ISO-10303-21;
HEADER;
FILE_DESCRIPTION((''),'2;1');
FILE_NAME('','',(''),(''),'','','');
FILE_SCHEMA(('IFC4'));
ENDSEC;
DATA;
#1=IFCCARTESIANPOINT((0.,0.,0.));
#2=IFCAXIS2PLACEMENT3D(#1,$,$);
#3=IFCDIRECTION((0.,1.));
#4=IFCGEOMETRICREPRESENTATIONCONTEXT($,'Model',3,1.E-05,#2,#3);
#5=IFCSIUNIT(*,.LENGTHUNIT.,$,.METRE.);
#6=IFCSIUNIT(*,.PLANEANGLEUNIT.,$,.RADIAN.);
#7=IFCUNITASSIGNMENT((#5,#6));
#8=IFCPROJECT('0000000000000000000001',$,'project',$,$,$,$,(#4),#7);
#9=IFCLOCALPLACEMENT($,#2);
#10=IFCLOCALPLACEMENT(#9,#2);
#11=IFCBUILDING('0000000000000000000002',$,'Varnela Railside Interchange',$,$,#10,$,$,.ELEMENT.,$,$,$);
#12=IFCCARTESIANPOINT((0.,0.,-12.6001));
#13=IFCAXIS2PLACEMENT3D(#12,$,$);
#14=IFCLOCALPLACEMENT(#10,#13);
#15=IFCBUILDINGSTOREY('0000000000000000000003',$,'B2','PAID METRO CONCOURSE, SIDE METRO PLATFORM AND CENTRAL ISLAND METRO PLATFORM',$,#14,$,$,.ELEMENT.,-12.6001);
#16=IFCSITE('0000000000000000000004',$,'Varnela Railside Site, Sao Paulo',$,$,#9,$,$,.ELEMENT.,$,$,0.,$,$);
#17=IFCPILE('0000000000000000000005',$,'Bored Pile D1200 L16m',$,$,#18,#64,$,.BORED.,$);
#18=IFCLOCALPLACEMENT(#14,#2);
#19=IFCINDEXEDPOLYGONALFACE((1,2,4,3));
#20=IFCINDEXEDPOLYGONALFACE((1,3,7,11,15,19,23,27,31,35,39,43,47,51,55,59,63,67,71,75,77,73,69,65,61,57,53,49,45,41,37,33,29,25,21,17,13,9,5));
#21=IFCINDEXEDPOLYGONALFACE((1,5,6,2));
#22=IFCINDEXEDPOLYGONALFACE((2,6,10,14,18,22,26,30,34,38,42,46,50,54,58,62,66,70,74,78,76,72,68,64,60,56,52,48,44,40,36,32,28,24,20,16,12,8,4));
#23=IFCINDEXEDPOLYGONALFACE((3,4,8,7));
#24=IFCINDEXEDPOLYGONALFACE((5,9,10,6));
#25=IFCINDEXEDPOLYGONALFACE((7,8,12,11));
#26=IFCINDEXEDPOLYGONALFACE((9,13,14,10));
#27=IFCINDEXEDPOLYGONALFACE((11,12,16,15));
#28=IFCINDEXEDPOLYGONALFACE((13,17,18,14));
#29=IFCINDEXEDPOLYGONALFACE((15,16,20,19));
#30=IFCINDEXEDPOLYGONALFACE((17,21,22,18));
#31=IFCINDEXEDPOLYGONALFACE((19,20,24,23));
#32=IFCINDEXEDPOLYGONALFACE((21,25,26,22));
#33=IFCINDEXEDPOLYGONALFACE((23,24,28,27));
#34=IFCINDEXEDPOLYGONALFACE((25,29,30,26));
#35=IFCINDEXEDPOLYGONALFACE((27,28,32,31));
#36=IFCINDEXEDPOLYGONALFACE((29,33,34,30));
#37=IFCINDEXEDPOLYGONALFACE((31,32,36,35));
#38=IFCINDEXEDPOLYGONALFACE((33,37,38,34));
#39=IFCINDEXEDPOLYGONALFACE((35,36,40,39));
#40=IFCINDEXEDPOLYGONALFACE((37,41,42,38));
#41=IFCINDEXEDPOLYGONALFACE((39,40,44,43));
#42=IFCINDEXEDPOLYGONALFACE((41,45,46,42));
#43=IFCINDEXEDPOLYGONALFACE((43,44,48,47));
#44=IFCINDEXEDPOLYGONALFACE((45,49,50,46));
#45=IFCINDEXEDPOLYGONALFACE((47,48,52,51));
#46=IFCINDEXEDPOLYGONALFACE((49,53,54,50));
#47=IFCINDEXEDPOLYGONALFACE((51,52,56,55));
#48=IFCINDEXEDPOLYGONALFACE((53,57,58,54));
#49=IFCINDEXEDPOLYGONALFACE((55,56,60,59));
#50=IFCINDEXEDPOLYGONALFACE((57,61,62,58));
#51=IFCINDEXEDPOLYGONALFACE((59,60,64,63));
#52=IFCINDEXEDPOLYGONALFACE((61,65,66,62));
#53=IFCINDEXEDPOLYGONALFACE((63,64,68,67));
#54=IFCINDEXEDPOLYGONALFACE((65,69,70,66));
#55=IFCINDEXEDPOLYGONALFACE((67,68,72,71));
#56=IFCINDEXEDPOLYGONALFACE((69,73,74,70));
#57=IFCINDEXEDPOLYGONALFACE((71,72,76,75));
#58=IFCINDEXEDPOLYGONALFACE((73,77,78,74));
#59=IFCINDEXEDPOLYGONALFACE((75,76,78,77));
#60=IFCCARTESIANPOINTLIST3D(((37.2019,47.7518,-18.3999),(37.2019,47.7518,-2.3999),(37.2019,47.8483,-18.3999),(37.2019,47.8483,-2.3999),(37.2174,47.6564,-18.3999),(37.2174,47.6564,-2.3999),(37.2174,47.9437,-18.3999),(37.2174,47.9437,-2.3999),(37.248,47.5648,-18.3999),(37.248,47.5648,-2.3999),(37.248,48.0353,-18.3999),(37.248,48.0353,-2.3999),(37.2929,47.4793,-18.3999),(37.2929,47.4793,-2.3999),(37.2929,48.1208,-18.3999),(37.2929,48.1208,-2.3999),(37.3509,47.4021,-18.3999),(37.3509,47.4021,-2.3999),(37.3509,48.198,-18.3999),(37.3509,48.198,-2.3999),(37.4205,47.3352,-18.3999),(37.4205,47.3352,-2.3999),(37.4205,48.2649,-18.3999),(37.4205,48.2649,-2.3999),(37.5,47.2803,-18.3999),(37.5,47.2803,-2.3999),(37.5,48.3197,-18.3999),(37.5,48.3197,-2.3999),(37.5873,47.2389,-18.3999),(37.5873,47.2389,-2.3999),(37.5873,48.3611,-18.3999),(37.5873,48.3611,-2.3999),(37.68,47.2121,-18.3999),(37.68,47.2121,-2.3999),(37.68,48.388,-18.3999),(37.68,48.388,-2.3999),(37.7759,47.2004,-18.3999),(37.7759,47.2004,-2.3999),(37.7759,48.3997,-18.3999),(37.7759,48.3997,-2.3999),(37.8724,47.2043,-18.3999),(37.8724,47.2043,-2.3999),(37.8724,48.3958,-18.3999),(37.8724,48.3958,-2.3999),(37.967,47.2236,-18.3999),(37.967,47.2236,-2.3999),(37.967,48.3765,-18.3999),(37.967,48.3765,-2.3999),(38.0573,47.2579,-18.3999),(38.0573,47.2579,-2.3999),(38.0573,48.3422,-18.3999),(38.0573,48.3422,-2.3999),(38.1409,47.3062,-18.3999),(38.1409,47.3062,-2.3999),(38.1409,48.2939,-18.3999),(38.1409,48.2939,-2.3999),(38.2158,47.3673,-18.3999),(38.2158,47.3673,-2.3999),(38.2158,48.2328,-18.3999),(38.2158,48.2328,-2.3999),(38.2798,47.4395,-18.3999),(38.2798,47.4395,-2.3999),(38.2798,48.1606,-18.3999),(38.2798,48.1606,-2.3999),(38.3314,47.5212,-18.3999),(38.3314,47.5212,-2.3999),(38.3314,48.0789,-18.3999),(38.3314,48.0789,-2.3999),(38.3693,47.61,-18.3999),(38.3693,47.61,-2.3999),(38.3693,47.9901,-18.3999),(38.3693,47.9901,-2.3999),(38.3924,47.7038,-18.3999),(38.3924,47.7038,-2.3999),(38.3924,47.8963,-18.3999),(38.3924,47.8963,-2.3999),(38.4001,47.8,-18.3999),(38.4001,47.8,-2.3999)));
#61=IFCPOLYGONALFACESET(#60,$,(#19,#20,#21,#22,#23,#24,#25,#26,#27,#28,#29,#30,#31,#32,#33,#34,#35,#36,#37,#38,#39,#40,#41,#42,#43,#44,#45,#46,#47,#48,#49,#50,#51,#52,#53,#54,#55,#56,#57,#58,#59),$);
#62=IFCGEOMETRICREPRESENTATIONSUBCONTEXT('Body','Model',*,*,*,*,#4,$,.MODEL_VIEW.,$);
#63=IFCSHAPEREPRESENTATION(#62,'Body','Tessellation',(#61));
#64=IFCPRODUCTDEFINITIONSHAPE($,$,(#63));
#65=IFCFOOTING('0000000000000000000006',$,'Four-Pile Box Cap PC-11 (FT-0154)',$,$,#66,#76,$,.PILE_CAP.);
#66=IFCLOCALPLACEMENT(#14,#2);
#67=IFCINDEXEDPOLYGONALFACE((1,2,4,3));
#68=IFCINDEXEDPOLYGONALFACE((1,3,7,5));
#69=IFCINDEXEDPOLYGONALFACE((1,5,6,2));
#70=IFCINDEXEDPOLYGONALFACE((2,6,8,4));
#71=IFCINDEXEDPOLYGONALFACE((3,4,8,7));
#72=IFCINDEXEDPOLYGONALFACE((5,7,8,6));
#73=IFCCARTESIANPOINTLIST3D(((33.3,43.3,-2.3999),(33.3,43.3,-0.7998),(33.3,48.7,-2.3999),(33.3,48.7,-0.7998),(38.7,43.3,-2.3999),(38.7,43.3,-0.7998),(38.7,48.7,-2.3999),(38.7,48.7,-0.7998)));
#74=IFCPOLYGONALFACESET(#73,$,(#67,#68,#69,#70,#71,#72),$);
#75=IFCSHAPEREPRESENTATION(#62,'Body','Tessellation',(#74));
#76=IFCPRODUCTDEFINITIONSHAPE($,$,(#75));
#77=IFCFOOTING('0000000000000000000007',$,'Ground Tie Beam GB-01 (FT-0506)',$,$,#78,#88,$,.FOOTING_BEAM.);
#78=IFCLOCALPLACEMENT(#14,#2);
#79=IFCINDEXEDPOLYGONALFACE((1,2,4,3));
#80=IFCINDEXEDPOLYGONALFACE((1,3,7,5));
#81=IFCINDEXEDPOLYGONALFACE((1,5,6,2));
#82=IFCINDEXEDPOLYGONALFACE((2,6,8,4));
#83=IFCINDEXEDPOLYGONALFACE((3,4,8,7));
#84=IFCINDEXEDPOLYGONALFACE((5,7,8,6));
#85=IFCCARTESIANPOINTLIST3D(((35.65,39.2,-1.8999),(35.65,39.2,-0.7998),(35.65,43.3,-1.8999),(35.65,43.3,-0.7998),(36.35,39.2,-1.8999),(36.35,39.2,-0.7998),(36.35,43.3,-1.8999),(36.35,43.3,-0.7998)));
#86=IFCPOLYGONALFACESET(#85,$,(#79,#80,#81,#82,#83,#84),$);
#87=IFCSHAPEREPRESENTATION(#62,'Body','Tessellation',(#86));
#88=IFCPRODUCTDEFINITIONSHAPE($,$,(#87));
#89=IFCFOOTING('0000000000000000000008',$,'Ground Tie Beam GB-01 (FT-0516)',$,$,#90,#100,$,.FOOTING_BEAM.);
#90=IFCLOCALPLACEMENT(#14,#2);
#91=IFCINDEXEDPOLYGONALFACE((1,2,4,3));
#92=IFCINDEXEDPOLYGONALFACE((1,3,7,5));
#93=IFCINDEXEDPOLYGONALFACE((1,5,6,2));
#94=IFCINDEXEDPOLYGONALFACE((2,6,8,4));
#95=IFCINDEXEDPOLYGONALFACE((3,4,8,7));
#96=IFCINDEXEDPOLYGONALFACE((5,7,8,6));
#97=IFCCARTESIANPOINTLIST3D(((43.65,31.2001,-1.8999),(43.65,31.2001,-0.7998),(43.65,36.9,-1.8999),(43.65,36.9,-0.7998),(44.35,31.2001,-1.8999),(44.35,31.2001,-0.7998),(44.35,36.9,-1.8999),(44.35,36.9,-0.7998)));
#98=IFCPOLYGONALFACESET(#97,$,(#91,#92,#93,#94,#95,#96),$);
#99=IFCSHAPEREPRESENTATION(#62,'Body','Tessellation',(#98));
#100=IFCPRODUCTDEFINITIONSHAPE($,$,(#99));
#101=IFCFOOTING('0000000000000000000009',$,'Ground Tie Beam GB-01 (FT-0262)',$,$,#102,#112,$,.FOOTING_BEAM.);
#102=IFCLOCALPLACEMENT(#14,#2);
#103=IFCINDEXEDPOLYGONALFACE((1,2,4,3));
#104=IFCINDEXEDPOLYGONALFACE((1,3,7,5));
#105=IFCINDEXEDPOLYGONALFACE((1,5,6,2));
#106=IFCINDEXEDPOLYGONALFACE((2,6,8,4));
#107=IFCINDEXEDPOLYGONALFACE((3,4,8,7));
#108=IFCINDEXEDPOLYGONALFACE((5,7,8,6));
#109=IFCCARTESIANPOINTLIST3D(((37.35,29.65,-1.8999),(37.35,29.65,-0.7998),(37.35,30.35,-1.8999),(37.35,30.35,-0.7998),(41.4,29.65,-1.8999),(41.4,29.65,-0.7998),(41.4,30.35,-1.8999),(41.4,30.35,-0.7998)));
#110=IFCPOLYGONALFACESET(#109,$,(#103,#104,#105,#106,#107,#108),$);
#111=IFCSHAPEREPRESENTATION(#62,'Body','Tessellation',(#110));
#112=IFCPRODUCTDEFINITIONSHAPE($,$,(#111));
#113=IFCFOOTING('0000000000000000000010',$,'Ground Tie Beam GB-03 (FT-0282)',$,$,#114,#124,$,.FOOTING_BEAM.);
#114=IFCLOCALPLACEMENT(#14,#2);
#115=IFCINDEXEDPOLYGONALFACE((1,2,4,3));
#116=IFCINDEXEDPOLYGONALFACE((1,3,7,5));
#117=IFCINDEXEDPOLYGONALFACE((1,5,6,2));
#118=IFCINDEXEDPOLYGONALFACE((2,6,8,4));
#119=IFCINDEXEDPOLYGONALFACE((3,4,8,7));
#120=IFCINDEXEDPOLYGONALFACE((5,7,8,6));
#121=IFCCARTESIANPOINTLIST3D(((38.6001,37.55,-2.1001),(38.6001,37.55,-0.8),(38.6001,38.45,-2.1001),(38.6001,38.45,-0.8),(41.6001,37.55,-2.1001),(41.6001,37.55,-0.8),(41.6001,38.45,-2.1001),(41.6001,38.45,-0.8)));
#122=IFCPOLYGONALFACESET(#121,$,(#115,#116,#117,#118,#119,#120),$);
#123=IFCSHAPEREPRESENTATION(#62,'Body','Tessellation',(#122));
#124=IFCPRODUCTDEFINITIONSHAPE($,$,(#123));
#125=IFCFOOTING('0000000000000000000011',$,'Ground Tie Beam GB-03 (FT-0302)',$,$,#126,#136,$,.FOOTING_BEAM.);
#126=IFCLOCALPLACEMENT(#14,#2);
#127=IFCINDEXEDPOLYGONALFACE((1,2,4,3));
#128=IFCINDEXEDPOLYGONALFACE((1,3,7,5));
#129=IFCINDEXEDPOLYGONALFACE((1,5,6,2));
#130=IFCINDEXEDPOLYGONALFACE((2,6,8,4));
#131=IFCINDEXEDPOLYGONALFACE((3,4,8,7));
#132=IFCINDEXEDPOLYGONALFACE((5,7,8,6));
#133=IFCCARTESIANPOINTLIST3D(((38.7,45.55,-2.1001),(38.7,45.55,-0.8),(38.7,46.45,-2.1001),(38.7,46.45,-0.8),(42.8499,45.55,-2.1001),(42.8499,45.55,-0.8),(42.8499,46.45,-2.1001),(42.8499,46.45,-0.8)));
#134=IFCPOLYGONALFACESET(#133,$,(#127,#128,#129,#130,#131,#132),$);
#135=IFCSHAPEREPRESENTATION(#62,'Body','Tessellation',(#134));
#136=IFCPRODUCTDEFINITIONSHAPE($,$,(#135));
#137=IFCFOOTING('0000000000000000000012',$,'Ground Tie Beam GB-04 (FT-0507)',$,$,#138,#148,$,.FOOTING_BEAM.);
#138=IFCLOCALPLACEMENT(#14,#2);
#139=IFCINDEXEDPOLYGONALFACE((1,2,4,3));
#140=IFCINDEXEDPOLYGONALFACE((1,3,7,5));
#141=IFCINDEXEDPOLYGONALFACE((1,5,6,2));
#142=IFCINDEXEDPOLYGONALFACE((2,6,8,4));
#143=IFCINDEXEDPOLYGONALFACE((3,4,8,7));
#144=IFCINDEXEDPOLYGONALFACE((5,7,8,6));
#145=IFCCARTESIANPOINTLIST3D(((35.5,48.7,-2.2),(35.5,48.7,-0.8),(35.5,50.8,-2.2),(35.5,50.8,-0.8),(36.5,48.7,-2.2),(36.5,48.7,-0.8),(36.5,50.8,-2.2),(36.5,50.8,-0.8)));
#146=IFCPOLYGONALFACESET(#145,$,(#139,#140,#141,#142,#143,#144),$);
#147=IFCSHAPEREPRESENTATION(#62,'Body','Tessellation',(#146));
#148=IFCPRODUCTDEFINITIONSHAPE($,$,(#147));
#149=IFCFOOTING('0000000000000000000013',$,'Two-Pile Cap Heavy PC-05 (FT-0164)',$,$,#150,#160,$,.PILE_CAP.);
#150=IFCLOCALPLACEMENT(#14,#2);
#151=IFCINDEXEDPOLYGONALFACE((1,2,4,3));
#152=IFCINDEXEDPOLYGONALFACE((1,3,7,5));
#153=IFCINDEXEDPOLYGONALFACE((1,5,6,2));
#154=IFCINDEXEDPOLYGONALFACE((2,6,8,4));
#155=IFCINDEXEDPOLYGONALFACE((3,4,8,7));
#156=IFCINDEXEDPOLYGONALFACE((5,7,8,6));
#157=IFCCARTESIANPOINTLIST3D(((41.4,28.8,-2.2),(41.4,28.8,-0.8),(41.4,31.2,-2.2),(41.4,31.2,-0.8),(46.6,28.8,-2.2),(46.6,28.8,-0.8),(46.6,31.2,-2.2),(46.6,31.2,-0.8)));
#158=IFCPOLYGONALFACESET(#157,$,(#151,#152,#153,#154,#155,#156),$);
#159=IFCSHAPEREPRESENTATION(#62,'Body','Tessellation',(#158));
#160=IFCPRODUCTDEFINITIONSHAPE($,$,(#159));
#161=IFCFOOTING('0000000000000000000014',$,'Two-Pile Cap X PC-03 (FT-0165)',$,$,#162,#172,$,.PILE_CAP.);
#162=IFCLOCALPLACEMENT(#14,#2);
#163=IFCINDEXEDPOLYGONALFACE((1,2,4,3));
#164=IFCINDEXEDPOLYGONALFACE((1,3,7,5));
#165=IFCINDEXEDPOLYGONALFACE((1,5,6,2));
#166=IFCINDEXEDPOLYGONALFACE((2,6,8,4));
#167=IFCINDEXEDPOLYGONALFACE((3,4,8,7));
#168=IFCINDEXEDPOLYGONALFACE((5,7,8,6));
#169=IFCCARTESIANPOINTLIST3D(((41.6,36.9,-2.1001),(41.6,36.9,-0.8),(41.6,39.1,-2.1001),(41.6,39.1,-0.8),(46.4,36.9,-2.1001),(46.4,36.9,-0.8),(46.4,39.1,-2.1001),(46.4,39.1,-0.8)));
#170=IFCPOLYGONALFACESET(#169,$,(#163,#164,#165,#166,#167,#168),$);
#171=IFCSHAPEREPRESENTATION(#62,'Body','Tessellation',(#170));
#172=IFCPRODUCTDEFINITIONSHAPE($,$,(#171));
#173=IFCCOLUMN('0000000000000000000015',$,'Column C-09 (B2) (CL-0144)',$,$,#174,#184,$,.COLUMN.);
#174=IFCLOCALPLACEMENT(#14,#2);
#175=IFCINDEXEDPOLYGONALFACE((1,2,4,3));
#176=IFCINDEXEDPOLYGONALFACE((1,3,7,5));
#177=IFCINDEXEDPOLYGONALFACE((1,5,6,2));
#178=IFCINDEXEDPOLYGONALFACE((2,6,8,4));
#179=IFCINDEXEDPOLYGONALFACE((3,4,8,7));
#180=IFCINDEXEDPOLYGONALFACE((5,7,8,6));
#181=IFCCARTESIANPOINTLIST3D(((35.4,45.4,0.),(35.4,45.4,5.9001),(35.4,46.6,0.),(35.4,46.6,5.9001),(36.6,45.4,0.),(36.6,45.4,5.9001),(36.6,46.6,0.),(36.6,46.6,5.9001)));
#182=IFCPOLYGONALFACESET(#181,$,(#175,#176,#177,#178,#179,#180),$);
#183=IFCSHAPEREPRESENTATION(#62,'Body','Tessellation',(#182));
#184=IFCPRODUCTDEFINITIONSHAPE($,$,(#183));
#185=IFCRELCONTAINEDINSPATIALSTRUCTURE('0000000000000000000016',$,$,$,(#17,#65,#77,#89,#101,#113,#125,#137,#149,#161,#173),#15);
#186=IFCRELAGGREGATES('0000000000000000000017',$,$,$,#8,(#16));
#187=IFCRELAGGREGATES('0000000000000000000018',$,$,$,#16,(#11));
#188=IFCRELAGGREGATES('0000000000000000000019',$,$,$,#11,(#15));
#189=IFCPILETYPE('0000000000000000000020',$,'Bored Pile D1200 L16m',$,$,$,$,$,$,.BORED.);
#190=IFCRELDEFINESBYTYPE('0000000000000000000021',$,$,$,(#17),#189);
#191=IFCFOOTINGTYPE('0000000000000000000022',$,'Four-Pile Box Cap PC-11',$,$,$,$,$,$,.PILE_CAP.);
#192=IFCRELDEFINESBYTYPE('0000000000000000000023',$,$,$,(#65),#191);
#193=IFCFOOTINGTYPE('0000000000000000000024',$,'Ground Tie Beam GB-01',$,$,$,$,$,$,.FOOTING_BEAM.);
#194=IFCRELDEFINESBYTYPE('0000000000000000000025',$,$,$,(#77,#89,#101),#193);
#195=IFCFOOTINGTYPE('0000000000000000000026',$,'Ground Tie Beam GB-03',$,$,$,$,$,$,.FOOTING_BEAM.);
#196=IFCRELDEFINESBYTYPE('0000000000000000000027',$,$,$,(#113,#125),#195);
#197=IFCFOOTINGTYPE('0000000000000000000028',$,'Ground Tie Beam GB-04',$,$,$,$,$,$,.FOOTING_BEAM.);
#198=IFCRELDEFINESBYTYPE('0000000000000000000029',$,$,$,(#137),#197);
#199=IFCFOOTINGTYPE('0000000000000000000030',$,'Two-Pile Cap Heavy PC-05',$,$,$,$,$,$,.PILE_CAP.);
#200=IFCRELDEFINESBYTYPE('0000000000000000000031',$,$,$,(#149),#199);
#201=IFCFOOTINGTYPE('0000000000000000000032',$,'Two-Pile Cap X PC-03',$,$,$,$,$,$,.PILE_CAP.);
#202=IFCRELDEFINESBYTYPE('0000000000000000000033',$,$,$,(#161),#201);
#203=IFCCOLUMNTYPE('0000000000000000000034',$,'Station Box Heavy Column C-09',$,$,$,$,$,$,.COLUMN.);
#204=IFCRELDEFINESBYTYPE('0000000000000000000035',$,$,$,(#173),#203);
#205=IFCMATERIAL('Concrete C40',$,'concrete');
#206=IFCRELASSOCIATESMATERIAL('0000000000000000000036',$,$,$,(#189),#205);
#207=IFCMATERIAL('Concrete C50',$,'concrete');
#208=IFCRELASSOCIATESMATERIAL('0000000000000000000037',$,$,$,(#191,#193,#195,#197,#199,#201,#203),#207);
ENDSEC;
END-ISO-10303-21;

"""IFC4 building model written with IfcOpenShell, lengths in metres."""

from ifc_helpers import new_model, si_unit, direction, frame, origin, origin_2d, place, context, subcontext, project, spatial, rectangle, circle, extrude, material, material_profile, profile_set, type_object, element, save


model = new_model("IFC4")

# Units and contexts
model_context = context("Model", 3, precision=1e-05, world=origin(), true_north=direction((0.0, 1.0)))
body_context = subcontext(model_context, "Body", "Model", "MODEL_VIEW")
ifc_project = project(units=[si_unit("LENGTHUNIT", "METRE"), si_unit("PLANEANGLEUNIT", "RADIAN")], contexts=[model_context])

# Site, building, storey
site_placement = place(None, origin())
site = spatial("IfcSite", under=ifc_project, at=site_placement, Name="Varnela Railside Site, Sao Paulo", CompositionType="ELEMENT", RefElevation=0.0)
building_placement = place(site_placement, origin())
building = spatial("IfcBuilding", under=site, at=building_placement, Name="Varnela Railside Interchange", CompositionType="ELEMENT")
storey_placement = place(building_placement, frame((0.0, 0.0, -12.6001)))
storey = spatial("IfcBuildingStorey", under=building, at=storey_placement, Name="B2", Description="PAID METRO CONCOURSE, SIDE METRO PLATFORM AND CENTRAL ISLAND METRO PLATFORM", CompositionType="ELEMENT", Elevation=-12.6001)

# Pile
ifc_material_1 = material(Name="Concrete C40", Category="concrete")
ifc_material_profile_1 = material_profile(ifc_material_1, circle(Radius=0.6001, at=origin_2d()), Name="BORED PILE D1200")
ifc_profile_set_1 = profile_set([ifc_material_profile_1], Name="Concrete C40")
pile_type_1 = type_object("IfcPileType", Name="Bored Pile D1200 L16m", PredefinedType="BORED", material=ifc_profile_set_1)
for number, where, z_axis, x_axis, name in (
    (1, (37.8, 47.8, -2.3999), (0.0, 0.0, -1.0), (1.0, 0.0, 0.0), "Bored Pile D1200 L16m"),
):
    element("IfcPile", number, at=place(storey_placement, frame(where, z_axis=z_axis, x_axis=x_axis)), inside=storey, type_object=pile_type_1, Name=name, PredefinedType="BORED", context=body_context, shape_type="SweptSolid", body=[
        extrude(circle(Radius=0.6001, at=origin_2d()), origin(), (0.0, 0.0, 1.0), 16.0),
    ])

# Footings
ifc_material_2 = material(Name="Concrete C50", Category="concrete")
footing_type_1 = type_object("IfcFootingType", Name="Four-Pile Box Cap PC-11", PredefinedType="PILE_CAP", material=ifc_material_2)
footing_1_placement = place(storey_placement, frame((36.0, 46.0, -2.3999), z_axis=(0.0, 0.0, 1.0), x_axis=(1.0, 0.0, 0.0)))
element("IfcFooting", 2, at=footing_1_placement, inside=storey, type_object=footing_type_1, Name="Four-Pile Box Cap PC-11 (FT-0154)", PredefinedType="PILE_CAP", context=body_context, shape_type="SweptSolid", body=[
    extrude(rectangle(XDim=5.3999, YDim=5.3999, at=origin_2d()), origin(), (0.0, 0.0, 1.0), 1.6001),
])
footing_type_2 = type_object("IfcFootingType", Name="Ground Tie Beam GB-01", PredefinedType="FOOTING_BEAM", material=ifc_material_2)
footing_2_placement = place(storey_placement, frame((36.0, 41.25, -1.8999), z_axis=(0.0, 0.0, 1.0), x_axis=(1.0, 0.0, 0.0)))
element("IfcFooting", 3, at=footing_2_placement, inside=storey, type_object=footing_type_2, Name="Ground Tie Beam GB-01 (FT-0506)", PredefinedType="FOOTING_BEAM", context=body_context, shape_type="SweptSolid", body=[
    extrude(rectangle(XDim=0.7, YDim=4.1001, at=origin_2d()), origin(), (0.0, 0.0, 1.0), 1.1001),
])
footing_3_placement = place(storey_placement, frame((44.0, 34.05, -1.8999), z_axis=(0.0, 0.0, 1.0), x_axis=(1.0, 0.0, 0.0)))
element("IfcFooting", 4, at=footing_3_placement, inside=storey, type_object=footing_type_2, Name="Ground Tie Beam GB-01 (FT-0516)", PredefinedType="FOOTING_BEAM", context=body_context, shape_type="SweptSolid", body=[
    extrude(rectangle(XDim=0.7, YDim=5.7, at=origin_2d()), origin(), (0.0, 0.0, 1.0), 1.1001),
])
footing_4_placement = place(storey_placement, frame((39.375, 30.0, -1.8999), z_axis=(0.0, 0.0, 1.0), x_axis=(1.0, 0.0, 0.0)))
element("IfcFooting", 5, at=footing_4_placement, inside=storey, type_object=footing_type_2, Name="Ground Tie Beam GB-01 (FT-0262)", PredefinedType="FOOTING_BEAM", context=body_context, shape_type="SweptSolid", body=[
    extrude(rectangle(XDim=4.05, YDim=0.7, at=origin_2d()), origin(), (0.0, 0.0, 1.0), 1.1001),
])
footing_type_3 = type_object("IfcFootingType", Name="Ground Tie Beam GB-03", PredefinedType="FOOTING_BEAM", material=ifc_material_2)
footing_5_placement = place(storey_placement, frame((40.1001, 38.0, -2.1001), z_axis=(0.0, 0.0, 1.0), x_axis=(1.0, 0.0, 0.0)))
element("IfcFooting", 6, at=footing_5_placement, inside=storey, type_object=footing_type_3, Name="Ground Tie Beam GB-03 (FT-0282)", PredefinedType="FOOTING_BEAM", context=body_context, shape_type="SweptSolid", body=[
    extrude(rectangle(XDim=3.0, YDim=0.8999, at=origin_2d()), origin(), (0.0, 0.0, 1.0), 1.3),
])
footing_6_placement = place(storey_placement, frame((40.7749, 46.0, -2.1001), z_axis=(0.0, 0.0, 1.0), x_axis=(1.0, 0.0, 0.0)))
element("IfcFooting", 7, at=footing_6_placement, inside=storey, type_object=footing_type_3, Name="Ground Tie Beam GB-03 (FT-0302)", PredefinedType="FOOTING_BEAM", context=body_context, shape_type="SweptSolid", body=[
    extrude(rectangle(XDim=4.1499, YDim=0.8999, at=origin_2d()), origin(), (0.0, 0.0, 1.0), 1.3),
])
footing_type_4 = type_object("IfcFootingType", Name="Ground Tie Beam GB-04", PredefinedType="FOOTING_BEAM", material=ifc_material_2)
footing_7_placement = place(storey_placement, frame((36.0, 49.75, -2.2), z_axis=(0.0, 0.0, 1.0), x_axis=(1.0, 0.0, 0.0)))
element("IfcFooting", 8, at=footing_7_placement, inside=storey, type_object=footing_type_4, Name="Ground Tie Beam GB-04 (FT-0507)", PredefinedType="FOOTING_BEAM", context=body_context, shape_type="SweptSolid", body=[
    extrude(rectangle(XDim=1.0, YDim=2.1001, at=origin_2d()), origin(), (0.0, 0.0, 1.0), 1.3999),
])
footing_type_5 = type_object("IfcFootingType", Name="Two-Pile Cap Heavy PC-05", PredefinedType="PILE_CAP", material=ifc_material_2)
footing_8_placement = place(storey_placement, frame((44.0, 30.0, -2.2), z_axis=(0.0, 0.0, 1.0), x_axis=(1.0, 0.0, 0.0)))
element("IfcFooting", 9, at=footing_8_placement, inside=storey, type_object=footing_type_5, Name="Two-Pile Cap Heavy PC-05 (FT-0164)", PredefinedType="PILE_CAP", context=body_context, shape_type="SweptSolid", body=[
    extrude(rectangle(XDim=5.2, YDim=2.3999, at=origin_2d()), origin(), (0.0, 0.0, 1.0), 1.3999),
])
footing_type_6 = type_object("IfcFootingType", Name="Two-Pile Cap X PC-03", PredefinedType="PILE_CAP", material=ifc_material_2)
footing_9_placement = place(storey_placement, frame((44.0, 38.0, -2.1001), z_axis=(0.0, 0.0, 1.0), x_axis=(1.0, 0.0, 0.0)))
element("IfcFooting", 10, at=footing_9_placement, inside=storey, type_object=footing_type_6, Name="Two-Pile Cap X PC-03 (FT-0165)", PredefinedType="PILE_CAP", context=body_context, shape_type="SweptSolid", body=[
    extrude(rectangle(XDim=4.8, YDim=2.2, at=origin_2d()), origin(), (0.0, 0.0, 1.0), 1.3),
])

# Column
ifc_material_profile_2 = material_profile(ifc_material_2, rectangle(XDim=1.2, YDim=1.2, at=origin_2d()), Name="RC 1200x1200")
ifc_profile_set_2 = profile_set([ifc_material_profile_2], Name="Concrete C50")
column_type_1 = type_object("IfcColumnType", Name="Station Box Heavy Column C-09", PredefinedType="COLUMN", material=ifc_profile_set_2)
column_placement = place(storey_placement, frame((36.0, 46.0, 0.0), z_axis=(0.0, 0.0, 1.0), x_axis=(1.0, 0.0, 0.0)))
element("IfcColumn", 11, at=column_placement, inside=storey, type_object=column_type_1, Name="Column C-09 (B2) (CL-0144)", PredefinedType="COLUMN", context=body_context, shape_type="SweptSolid", body=[
    extrude(rectangle(XDim=1.2, YDim=1.2, at=origin_2d()), origin(), (0.0, 0.0, 1.0), 5.9001),
])

save(model, "model.ifc")
